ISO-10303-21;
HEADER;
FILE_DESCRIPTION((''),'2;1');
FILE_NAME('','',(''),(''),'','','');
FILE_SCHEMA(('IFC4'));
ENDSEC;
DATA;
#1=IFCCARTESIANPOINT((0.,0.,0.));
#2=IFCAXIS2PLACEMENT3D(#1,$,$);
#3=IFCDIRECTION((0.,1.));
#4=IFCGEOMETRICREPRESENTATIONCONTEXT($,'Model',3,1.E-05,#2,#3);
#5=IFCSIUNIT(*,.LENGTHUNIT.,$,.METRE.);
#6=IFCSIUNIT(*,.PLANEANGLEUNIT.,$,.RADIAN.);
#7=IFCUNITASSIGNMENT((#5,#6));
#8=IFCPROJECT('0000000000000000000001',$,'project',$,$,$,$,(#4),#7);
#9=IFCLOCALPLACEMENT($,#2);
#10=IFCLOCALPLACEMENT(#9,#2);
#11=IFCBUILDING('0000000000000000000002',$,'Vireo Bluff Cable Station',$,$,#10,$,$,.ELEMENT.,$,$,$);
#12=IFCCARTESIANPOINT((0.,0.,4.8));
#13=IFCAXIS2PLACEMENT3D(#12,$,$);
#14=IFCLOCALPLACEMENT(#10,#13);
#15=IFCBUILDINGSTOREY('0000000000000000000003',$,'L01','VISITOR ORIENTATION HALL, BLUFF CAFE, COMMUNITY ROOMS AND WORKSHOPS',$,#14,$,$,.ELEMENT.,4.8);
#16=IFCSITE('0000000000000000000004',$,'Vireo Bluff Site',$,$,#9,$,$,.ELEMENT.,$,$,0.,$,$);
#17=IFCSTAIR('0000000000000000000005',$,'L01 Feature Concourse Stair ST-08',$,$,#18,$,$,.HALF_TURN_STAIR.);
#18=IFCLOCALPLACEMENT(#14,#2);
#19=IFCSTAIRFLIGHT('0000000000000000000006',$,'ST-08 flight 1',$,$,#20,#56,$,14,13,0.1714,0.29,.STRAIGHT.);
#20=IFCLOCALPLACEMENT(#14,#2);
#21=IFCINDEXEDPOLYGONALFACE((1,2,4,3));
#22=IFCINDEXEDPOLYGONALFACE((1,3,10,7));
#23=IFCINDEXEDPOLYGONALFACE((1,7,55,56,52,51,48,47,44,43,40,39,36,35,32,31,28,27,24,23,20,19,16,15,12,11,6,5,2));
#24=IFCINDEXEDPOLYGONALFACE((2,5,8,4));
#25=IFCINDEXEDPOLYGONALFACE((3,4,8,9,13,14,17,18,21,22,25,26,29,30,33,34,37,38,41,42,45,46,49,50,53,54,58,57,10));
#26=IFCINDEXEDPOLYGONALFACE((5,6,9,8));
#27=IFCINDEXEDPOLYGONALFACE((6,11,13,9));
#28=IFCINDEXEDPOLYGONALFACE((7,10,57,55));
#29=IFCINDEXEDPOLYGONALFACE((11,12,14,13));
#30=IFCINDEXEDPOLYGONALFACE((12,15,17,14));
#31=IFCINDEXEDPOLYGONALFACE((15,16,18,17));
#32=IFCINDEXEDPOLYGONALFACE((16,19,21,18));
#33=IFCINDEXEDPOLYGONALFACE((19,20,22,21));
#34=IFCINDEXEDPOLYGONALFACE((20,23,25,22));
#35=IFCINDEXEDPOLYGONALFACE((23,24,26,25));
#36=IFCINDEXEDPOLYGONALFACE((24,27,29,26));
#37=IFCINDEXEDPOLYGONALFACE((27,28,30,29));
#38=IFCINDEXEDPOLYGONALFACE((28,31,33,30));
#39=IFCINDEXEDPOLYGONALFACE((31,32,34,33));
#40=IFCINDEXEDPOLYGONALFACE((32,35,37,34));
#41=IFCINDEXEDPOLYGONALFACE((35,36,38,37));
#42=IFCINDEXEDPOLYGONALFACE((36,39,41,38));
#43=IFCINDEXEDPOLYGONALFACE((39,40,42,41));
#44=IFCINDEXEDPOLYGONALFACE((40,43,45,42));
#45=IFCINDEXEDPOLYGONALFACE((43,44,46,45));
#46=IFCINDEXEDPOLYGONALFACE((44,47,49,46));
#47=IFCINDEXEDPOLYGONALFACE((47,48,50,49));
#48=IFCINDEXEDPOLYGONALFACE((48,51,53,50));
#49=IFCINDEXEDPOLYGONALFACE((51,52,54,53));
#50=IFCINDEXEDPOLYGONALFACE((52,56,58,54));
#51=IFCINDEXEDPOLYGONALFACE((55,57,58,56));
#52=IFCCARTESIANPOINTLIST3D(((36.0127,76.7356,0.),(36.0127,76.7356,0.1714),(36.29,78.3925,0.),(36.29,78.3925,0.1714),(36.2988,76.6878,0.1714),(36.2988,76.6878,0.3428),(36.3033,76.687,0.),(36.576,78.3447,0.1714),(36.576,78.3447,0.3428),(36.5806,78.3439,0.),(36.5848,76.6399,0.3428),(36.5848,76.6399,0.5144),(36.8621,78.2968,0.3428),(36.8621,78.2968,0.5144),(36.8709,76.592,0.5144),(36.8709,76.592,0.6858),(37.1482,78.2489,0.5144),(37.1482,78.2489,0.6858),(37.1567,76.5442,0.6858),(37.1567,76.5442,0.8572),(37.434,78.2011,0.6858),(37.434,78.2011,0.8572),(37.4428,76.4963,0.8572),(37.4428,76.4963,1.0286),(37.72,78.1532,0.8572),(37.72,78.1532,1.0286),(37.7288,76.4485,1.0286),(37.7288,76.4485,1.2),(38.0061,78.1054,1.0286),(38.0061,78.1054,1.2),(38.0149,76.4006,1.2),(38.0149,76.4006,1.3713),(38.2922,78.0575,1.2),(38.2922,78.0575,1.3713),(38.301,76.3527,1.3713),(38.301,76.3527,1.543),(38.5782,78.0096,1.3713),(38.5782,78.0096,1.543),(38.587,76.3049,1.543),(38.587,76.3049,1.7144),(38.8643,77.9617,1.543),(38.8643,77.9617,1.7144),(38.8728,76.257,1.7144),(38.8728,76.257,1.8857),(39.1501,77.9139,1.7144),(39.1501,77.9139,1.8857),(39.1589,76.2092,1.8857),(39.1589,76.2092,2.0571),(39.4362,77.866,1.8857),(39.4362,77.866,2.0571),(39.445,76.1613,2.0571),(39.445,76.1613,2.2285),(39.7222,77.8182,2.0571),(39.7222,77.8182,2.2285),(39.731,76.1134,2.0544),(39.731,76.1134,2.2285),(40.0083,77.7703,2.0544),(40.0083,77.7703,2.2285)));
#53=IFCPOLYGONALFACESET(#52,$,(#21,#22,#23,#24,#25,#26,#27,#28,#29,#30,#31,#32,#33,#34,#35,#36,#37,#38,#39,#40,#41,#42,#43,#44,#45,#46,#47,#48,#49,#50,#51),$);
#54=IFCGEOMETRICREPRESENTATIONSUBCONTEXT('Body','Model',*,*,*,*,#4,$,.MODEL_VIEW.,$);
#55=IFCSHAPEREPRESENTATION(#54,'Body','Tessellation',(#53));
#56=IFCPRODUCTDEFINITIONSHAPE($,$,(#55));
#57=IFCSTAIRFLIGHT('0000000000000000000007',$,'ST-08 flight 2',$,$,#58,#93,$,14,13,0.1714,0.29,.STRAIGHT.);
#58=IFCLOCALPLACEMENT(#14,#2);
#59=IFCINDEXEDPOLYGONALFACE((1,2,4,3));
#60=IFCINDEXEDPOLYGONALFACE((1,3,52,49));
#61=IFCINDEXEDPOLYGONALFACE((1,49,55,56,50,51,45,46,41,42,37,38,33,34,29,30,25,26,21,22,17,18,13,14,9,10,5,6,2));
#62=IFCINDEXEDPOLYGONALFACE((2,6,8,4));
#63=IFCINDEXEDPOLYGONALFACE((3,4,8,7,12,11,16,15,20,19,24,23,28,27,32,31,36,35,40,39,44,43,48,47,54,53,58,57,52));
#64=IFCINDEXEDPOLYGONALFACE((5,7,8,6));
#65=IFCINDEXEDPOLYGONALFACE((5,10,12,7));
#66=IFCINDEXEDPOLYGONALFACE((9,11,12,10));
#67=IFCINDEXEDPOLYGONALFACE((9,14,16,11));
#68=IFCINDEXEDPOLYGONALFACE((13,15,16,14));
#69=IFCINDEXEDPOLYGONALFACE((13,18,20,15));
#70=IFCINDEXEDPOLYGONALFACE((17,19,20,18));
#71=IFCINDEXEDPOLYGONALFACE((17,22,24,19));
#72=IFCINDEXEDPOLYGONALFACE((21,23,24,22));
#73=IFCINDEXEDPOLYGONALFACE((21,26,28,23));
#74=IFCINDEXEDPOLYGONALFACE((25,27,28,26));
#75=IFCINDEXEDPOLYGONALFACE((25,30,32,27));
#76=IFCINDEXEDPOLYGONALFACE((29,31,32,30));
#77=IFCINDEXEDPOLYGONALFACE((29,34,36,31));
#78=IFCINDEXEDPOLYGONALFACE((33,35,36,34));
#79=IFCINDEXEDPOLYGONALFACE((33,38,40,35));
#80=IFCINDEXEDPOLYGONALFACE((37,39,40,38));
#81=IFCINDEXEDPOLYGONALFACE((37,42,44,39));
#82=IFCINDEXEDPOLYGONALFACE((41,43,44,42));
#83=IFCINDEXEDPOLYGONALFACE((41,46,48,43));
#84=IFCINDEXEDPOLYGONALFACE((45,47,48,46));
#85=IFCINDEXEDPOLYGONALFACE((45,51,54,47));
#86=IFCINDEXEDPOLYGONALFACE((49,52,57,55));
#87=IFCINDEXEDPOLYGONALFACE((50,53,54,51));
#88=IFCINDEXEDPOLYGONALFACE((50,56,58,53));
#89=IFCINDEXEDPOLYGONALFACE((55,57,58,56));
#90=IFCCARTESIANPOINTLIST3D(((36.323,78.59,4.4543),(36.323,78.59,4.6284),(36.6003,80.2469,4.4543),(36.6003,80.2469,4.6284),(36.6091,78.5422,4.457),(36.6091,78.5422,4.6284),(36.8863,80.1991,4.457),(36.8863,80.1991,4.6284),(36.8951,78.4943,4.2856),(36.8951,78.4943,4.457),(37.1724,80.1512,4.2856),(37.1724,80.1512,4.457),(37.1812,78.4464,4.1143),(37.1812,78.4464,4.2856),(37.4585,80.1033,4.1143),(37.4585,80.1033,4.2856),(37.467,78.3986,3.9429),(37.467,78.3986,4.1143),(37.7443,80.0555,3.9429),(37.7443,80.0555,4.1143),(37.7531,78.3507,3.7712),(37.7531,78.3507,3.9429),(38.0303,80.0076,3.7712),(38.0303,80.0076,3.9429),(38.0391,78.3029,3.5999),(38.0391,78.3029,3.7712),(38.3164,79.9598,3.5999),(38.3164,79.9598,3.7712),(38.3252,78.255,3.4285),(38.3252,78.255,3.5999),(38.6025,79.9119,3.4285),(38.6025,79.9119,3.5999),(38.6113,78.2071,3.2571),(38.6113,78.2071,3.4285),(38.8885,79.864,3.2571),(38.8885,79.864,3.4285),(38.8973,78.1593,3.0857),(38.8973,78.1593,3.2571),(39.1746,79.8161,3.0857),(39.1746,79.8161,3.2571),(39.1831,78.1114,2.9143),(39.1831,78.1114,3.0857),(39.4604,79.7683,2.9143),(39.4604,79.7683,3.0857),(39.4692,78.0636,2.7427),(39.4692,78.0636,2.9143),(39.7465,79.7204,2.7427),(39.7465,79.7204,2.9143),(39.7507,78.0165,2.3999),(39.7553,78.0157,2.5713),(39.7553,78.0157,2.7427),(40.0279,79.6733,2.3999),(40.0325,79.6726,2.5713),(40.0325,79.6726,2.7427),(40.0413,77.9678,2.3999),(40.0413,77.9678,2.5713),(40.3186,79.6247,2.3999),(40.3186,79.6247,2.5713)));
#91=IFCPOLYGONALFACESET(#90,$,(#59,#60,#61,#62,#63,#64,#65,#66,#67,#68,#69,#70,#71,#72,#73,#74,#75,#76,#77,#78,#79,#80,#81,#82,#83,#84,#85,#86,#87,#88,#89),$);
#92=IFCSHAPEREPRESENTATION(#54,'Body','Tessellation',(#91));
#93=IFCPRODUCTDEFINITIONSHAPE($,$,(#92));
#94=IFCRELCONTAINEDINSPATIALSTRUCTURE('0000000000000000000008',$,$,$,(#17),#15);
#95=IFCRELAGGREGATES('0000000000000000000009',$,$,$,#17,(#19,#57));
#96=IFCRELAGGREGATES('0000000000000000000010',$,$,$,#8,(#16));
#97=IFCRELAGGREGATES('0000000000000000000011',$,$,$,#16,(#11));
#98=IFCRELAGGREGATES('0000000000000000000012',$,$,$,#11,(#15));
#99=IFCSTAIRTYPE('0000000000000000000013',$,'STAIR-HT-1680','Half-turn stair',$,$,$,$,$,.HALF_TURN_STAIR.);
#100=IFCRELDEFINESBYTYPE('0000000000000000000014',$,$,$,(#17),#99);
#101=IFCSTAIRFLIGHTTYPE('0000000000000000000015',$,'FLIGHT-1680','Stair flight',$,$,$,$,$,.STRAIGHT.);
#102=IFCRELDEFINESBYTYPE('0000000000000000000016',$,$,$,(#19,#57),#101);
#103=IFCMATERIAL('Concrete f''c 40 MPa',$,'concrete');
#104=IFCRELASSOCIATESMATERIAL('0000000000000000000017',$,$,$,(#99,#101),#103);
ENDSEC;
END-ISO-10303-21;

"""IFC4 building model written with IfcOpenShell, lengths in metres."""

from ifc_helpers import new_model, si_unit, direction, frame, origin, place, context, subcontext, project, spatial, polyline, outline, extrude, material, type_object, element, aggregate, save


model = new_model("IFC4")

# Units and contexts
model_context = context("Model", 3, precision=1e-05, world=origin(), true_north=direction((0.0, 1.0)))
body_context = subcontext(model_context, "Body", "Model", "MODEL_VIEW")
ifc_project = project(units=[si_unit("LENGTHUNIT", "METRE"), si_unit("PLANEANGLEUNIT", "RADIAN")], contexts=[model_context])

# Site, building, storey
site_placement = place(None, origin())
site = spatial("IfcSite", under=ifc_project, at=site_placement, Name="Vireo Bluff Site", CompositionType="ELEMENT", RefElevation=0.0)
building_placement = place(site_placement, origin())
building = spatial("IfcBuilding", under=site, at=building_placement, Name="Vireo Bluff Cable Station", CompositionType="ELEMENT")
storey_placement = place(building_placement, frame((0.0, 0.0, 4.8)))
storey = spatial("IfcBuildingStorey", under=building, at=storey_placement, Name="L01", Description="VISITOR ORIENTATION HALL, BLUFF CAFE, COMMUNITY ROOMS AND WORKSHOPS", CompositionType="ELEMENT", Elevation=4.8)

# Stair, stair flights
ifc_material_1 = material(Name="Concrete f'c 40 MPa", Category="concrete")
stair_type = type_object("IfcStairType", Name="STAIR-HT-1680", Description="Half-turn stair", PredefinedType="HALF_TURN_STAIR", material=ifc_material_1)
stair_placement = place(storey_placement, origin())
stair = element("IfcStair", 1, at=stair_placement, inside=storey, type_object=stair_type, Name="L01 Feature Concourse Stair ST-08", PredefinedType="HALF_TURN_STAIR")
stair_flight_type = type_object("IfcStairFlightType", Name="FLIGHT-1680", Description="Stair flight", PredefinedType="STRAIGHT", material=ifc_material_1)
stair_flight_1_placement = place(storey_placement, frame((36.1514, 77.5642, 0.0), z_axis=(0.0, 0.0, 1.0), x_axis=(0.986286, -0.165048, 0.0)))
stair_flight_1 = element("IfcStairFlight", 2, at=stair_flight_1_placement, type_object=stair_flight_type, Name="ST-08 flight 1", NumberOfRisers=14, NumberOfTreads=13, PredefinedType="STRAIGHT", RiserHeight=0.1714, TreadLength=0.29, context=body_context, shape_type="SweptSolid", body=[
    extrude(outline(polyline([(0.0, 0.0), (0.0, 0.1714), (0.29, 0.1714), (0.29, 0.3428), (0.5801, 0.3428), (0.5801, 0.5144), (0.8701, 0.5144), (0.8701, 0.6858), (1.1599, 0.6858), (1.1599, 0.8572), (1.45, 0.8572), (1.45, 1.0286), (1.74, 1.0286), (1.74, 1.2), (2.03, 1.2), (2.03, 1.3713), (2.3201, 1.3713), (2.3201, 1.543), (2.6101, 1.543), (2.6101, 1.7144), (2.8999, 1.7144), (2.8999, 1.8857), (3.1899, 1.8857), (3.1899, 2.0571), (3.48, 2.0571), (3.48, 2.2285), (3.77, 2.2285), (3.77, 2.3999), (3.77, 2.0544), (0.2947, 0.0), (0.0, 0.0)])), frame((0.0, 0.8398, 0.0), z_axis=(0.0, -1.0, 0.0), x_axis=(1.0, 0.0, 0.0)), (0.0, 0.0, 1.0), 1.6799),
])
stair_flight_2_placement = place(storey_placement, frame((40.1799, 78.7961, 2.3999), z_axis=(0.0, 0.0, 1.0), x_axis=(-0.986286, 0.165048, 0.0)))
stair_flight_2 = element("IfcStairFlight", 3, at=stair_flight_2_placement, type_object=stair_flight_type, Name="ST-08 flight 2", NumberOfRisers=14, NumberOfTreads=13, PredefinedType="STRAIGHT", RiserHeight=0.1714, TreadLength=0.29, context=body_context, shape_type="SweptSolid", body=[
    extrude(outline(polyline([(0.0, 0.0), (0.0, 0.1714), (0.29, 0.1714), (0.29, 0.3428), (0.5801, 0.3428), (0.5801, 0.5144), (0.8701, 0.5144), (0.8701, 0.6858), (1.1599, 0.6858), (1.1599, 0.8572), (1.45, 0.8572), (1.45, 1.0286), (1.74, 1.0286), (1.74, 1.2), (2.03, 1.2), (2.03, 1.3713), (2.3201, 1.3713), (2.3201, 1.543), (2.6101, 1.543), (2.6101, 1.7144), (2.8999, 1.7144), (2.8999, 1.8857), (3.1899, 1.8857), (3.1899, 2.0571), (3.48, 2.0571), (3.48, 2.2285), (3.77, 2.2285), (3.77, 2.3999), (3.77, 2.0544), (0.2947, 0.0), (0.0, 0.0)])), frame((0.0, 0.8398, 0.0), z_axis=(0.0, -1.0, 0.0), x_axis=(1.0, 0.0, 0.0)), (0.0, 0.0, 1.0), 1.6799),
])
aggregate(stair, [stair_flight_1, stair_flight_2])

save(model, "model.ifc")
